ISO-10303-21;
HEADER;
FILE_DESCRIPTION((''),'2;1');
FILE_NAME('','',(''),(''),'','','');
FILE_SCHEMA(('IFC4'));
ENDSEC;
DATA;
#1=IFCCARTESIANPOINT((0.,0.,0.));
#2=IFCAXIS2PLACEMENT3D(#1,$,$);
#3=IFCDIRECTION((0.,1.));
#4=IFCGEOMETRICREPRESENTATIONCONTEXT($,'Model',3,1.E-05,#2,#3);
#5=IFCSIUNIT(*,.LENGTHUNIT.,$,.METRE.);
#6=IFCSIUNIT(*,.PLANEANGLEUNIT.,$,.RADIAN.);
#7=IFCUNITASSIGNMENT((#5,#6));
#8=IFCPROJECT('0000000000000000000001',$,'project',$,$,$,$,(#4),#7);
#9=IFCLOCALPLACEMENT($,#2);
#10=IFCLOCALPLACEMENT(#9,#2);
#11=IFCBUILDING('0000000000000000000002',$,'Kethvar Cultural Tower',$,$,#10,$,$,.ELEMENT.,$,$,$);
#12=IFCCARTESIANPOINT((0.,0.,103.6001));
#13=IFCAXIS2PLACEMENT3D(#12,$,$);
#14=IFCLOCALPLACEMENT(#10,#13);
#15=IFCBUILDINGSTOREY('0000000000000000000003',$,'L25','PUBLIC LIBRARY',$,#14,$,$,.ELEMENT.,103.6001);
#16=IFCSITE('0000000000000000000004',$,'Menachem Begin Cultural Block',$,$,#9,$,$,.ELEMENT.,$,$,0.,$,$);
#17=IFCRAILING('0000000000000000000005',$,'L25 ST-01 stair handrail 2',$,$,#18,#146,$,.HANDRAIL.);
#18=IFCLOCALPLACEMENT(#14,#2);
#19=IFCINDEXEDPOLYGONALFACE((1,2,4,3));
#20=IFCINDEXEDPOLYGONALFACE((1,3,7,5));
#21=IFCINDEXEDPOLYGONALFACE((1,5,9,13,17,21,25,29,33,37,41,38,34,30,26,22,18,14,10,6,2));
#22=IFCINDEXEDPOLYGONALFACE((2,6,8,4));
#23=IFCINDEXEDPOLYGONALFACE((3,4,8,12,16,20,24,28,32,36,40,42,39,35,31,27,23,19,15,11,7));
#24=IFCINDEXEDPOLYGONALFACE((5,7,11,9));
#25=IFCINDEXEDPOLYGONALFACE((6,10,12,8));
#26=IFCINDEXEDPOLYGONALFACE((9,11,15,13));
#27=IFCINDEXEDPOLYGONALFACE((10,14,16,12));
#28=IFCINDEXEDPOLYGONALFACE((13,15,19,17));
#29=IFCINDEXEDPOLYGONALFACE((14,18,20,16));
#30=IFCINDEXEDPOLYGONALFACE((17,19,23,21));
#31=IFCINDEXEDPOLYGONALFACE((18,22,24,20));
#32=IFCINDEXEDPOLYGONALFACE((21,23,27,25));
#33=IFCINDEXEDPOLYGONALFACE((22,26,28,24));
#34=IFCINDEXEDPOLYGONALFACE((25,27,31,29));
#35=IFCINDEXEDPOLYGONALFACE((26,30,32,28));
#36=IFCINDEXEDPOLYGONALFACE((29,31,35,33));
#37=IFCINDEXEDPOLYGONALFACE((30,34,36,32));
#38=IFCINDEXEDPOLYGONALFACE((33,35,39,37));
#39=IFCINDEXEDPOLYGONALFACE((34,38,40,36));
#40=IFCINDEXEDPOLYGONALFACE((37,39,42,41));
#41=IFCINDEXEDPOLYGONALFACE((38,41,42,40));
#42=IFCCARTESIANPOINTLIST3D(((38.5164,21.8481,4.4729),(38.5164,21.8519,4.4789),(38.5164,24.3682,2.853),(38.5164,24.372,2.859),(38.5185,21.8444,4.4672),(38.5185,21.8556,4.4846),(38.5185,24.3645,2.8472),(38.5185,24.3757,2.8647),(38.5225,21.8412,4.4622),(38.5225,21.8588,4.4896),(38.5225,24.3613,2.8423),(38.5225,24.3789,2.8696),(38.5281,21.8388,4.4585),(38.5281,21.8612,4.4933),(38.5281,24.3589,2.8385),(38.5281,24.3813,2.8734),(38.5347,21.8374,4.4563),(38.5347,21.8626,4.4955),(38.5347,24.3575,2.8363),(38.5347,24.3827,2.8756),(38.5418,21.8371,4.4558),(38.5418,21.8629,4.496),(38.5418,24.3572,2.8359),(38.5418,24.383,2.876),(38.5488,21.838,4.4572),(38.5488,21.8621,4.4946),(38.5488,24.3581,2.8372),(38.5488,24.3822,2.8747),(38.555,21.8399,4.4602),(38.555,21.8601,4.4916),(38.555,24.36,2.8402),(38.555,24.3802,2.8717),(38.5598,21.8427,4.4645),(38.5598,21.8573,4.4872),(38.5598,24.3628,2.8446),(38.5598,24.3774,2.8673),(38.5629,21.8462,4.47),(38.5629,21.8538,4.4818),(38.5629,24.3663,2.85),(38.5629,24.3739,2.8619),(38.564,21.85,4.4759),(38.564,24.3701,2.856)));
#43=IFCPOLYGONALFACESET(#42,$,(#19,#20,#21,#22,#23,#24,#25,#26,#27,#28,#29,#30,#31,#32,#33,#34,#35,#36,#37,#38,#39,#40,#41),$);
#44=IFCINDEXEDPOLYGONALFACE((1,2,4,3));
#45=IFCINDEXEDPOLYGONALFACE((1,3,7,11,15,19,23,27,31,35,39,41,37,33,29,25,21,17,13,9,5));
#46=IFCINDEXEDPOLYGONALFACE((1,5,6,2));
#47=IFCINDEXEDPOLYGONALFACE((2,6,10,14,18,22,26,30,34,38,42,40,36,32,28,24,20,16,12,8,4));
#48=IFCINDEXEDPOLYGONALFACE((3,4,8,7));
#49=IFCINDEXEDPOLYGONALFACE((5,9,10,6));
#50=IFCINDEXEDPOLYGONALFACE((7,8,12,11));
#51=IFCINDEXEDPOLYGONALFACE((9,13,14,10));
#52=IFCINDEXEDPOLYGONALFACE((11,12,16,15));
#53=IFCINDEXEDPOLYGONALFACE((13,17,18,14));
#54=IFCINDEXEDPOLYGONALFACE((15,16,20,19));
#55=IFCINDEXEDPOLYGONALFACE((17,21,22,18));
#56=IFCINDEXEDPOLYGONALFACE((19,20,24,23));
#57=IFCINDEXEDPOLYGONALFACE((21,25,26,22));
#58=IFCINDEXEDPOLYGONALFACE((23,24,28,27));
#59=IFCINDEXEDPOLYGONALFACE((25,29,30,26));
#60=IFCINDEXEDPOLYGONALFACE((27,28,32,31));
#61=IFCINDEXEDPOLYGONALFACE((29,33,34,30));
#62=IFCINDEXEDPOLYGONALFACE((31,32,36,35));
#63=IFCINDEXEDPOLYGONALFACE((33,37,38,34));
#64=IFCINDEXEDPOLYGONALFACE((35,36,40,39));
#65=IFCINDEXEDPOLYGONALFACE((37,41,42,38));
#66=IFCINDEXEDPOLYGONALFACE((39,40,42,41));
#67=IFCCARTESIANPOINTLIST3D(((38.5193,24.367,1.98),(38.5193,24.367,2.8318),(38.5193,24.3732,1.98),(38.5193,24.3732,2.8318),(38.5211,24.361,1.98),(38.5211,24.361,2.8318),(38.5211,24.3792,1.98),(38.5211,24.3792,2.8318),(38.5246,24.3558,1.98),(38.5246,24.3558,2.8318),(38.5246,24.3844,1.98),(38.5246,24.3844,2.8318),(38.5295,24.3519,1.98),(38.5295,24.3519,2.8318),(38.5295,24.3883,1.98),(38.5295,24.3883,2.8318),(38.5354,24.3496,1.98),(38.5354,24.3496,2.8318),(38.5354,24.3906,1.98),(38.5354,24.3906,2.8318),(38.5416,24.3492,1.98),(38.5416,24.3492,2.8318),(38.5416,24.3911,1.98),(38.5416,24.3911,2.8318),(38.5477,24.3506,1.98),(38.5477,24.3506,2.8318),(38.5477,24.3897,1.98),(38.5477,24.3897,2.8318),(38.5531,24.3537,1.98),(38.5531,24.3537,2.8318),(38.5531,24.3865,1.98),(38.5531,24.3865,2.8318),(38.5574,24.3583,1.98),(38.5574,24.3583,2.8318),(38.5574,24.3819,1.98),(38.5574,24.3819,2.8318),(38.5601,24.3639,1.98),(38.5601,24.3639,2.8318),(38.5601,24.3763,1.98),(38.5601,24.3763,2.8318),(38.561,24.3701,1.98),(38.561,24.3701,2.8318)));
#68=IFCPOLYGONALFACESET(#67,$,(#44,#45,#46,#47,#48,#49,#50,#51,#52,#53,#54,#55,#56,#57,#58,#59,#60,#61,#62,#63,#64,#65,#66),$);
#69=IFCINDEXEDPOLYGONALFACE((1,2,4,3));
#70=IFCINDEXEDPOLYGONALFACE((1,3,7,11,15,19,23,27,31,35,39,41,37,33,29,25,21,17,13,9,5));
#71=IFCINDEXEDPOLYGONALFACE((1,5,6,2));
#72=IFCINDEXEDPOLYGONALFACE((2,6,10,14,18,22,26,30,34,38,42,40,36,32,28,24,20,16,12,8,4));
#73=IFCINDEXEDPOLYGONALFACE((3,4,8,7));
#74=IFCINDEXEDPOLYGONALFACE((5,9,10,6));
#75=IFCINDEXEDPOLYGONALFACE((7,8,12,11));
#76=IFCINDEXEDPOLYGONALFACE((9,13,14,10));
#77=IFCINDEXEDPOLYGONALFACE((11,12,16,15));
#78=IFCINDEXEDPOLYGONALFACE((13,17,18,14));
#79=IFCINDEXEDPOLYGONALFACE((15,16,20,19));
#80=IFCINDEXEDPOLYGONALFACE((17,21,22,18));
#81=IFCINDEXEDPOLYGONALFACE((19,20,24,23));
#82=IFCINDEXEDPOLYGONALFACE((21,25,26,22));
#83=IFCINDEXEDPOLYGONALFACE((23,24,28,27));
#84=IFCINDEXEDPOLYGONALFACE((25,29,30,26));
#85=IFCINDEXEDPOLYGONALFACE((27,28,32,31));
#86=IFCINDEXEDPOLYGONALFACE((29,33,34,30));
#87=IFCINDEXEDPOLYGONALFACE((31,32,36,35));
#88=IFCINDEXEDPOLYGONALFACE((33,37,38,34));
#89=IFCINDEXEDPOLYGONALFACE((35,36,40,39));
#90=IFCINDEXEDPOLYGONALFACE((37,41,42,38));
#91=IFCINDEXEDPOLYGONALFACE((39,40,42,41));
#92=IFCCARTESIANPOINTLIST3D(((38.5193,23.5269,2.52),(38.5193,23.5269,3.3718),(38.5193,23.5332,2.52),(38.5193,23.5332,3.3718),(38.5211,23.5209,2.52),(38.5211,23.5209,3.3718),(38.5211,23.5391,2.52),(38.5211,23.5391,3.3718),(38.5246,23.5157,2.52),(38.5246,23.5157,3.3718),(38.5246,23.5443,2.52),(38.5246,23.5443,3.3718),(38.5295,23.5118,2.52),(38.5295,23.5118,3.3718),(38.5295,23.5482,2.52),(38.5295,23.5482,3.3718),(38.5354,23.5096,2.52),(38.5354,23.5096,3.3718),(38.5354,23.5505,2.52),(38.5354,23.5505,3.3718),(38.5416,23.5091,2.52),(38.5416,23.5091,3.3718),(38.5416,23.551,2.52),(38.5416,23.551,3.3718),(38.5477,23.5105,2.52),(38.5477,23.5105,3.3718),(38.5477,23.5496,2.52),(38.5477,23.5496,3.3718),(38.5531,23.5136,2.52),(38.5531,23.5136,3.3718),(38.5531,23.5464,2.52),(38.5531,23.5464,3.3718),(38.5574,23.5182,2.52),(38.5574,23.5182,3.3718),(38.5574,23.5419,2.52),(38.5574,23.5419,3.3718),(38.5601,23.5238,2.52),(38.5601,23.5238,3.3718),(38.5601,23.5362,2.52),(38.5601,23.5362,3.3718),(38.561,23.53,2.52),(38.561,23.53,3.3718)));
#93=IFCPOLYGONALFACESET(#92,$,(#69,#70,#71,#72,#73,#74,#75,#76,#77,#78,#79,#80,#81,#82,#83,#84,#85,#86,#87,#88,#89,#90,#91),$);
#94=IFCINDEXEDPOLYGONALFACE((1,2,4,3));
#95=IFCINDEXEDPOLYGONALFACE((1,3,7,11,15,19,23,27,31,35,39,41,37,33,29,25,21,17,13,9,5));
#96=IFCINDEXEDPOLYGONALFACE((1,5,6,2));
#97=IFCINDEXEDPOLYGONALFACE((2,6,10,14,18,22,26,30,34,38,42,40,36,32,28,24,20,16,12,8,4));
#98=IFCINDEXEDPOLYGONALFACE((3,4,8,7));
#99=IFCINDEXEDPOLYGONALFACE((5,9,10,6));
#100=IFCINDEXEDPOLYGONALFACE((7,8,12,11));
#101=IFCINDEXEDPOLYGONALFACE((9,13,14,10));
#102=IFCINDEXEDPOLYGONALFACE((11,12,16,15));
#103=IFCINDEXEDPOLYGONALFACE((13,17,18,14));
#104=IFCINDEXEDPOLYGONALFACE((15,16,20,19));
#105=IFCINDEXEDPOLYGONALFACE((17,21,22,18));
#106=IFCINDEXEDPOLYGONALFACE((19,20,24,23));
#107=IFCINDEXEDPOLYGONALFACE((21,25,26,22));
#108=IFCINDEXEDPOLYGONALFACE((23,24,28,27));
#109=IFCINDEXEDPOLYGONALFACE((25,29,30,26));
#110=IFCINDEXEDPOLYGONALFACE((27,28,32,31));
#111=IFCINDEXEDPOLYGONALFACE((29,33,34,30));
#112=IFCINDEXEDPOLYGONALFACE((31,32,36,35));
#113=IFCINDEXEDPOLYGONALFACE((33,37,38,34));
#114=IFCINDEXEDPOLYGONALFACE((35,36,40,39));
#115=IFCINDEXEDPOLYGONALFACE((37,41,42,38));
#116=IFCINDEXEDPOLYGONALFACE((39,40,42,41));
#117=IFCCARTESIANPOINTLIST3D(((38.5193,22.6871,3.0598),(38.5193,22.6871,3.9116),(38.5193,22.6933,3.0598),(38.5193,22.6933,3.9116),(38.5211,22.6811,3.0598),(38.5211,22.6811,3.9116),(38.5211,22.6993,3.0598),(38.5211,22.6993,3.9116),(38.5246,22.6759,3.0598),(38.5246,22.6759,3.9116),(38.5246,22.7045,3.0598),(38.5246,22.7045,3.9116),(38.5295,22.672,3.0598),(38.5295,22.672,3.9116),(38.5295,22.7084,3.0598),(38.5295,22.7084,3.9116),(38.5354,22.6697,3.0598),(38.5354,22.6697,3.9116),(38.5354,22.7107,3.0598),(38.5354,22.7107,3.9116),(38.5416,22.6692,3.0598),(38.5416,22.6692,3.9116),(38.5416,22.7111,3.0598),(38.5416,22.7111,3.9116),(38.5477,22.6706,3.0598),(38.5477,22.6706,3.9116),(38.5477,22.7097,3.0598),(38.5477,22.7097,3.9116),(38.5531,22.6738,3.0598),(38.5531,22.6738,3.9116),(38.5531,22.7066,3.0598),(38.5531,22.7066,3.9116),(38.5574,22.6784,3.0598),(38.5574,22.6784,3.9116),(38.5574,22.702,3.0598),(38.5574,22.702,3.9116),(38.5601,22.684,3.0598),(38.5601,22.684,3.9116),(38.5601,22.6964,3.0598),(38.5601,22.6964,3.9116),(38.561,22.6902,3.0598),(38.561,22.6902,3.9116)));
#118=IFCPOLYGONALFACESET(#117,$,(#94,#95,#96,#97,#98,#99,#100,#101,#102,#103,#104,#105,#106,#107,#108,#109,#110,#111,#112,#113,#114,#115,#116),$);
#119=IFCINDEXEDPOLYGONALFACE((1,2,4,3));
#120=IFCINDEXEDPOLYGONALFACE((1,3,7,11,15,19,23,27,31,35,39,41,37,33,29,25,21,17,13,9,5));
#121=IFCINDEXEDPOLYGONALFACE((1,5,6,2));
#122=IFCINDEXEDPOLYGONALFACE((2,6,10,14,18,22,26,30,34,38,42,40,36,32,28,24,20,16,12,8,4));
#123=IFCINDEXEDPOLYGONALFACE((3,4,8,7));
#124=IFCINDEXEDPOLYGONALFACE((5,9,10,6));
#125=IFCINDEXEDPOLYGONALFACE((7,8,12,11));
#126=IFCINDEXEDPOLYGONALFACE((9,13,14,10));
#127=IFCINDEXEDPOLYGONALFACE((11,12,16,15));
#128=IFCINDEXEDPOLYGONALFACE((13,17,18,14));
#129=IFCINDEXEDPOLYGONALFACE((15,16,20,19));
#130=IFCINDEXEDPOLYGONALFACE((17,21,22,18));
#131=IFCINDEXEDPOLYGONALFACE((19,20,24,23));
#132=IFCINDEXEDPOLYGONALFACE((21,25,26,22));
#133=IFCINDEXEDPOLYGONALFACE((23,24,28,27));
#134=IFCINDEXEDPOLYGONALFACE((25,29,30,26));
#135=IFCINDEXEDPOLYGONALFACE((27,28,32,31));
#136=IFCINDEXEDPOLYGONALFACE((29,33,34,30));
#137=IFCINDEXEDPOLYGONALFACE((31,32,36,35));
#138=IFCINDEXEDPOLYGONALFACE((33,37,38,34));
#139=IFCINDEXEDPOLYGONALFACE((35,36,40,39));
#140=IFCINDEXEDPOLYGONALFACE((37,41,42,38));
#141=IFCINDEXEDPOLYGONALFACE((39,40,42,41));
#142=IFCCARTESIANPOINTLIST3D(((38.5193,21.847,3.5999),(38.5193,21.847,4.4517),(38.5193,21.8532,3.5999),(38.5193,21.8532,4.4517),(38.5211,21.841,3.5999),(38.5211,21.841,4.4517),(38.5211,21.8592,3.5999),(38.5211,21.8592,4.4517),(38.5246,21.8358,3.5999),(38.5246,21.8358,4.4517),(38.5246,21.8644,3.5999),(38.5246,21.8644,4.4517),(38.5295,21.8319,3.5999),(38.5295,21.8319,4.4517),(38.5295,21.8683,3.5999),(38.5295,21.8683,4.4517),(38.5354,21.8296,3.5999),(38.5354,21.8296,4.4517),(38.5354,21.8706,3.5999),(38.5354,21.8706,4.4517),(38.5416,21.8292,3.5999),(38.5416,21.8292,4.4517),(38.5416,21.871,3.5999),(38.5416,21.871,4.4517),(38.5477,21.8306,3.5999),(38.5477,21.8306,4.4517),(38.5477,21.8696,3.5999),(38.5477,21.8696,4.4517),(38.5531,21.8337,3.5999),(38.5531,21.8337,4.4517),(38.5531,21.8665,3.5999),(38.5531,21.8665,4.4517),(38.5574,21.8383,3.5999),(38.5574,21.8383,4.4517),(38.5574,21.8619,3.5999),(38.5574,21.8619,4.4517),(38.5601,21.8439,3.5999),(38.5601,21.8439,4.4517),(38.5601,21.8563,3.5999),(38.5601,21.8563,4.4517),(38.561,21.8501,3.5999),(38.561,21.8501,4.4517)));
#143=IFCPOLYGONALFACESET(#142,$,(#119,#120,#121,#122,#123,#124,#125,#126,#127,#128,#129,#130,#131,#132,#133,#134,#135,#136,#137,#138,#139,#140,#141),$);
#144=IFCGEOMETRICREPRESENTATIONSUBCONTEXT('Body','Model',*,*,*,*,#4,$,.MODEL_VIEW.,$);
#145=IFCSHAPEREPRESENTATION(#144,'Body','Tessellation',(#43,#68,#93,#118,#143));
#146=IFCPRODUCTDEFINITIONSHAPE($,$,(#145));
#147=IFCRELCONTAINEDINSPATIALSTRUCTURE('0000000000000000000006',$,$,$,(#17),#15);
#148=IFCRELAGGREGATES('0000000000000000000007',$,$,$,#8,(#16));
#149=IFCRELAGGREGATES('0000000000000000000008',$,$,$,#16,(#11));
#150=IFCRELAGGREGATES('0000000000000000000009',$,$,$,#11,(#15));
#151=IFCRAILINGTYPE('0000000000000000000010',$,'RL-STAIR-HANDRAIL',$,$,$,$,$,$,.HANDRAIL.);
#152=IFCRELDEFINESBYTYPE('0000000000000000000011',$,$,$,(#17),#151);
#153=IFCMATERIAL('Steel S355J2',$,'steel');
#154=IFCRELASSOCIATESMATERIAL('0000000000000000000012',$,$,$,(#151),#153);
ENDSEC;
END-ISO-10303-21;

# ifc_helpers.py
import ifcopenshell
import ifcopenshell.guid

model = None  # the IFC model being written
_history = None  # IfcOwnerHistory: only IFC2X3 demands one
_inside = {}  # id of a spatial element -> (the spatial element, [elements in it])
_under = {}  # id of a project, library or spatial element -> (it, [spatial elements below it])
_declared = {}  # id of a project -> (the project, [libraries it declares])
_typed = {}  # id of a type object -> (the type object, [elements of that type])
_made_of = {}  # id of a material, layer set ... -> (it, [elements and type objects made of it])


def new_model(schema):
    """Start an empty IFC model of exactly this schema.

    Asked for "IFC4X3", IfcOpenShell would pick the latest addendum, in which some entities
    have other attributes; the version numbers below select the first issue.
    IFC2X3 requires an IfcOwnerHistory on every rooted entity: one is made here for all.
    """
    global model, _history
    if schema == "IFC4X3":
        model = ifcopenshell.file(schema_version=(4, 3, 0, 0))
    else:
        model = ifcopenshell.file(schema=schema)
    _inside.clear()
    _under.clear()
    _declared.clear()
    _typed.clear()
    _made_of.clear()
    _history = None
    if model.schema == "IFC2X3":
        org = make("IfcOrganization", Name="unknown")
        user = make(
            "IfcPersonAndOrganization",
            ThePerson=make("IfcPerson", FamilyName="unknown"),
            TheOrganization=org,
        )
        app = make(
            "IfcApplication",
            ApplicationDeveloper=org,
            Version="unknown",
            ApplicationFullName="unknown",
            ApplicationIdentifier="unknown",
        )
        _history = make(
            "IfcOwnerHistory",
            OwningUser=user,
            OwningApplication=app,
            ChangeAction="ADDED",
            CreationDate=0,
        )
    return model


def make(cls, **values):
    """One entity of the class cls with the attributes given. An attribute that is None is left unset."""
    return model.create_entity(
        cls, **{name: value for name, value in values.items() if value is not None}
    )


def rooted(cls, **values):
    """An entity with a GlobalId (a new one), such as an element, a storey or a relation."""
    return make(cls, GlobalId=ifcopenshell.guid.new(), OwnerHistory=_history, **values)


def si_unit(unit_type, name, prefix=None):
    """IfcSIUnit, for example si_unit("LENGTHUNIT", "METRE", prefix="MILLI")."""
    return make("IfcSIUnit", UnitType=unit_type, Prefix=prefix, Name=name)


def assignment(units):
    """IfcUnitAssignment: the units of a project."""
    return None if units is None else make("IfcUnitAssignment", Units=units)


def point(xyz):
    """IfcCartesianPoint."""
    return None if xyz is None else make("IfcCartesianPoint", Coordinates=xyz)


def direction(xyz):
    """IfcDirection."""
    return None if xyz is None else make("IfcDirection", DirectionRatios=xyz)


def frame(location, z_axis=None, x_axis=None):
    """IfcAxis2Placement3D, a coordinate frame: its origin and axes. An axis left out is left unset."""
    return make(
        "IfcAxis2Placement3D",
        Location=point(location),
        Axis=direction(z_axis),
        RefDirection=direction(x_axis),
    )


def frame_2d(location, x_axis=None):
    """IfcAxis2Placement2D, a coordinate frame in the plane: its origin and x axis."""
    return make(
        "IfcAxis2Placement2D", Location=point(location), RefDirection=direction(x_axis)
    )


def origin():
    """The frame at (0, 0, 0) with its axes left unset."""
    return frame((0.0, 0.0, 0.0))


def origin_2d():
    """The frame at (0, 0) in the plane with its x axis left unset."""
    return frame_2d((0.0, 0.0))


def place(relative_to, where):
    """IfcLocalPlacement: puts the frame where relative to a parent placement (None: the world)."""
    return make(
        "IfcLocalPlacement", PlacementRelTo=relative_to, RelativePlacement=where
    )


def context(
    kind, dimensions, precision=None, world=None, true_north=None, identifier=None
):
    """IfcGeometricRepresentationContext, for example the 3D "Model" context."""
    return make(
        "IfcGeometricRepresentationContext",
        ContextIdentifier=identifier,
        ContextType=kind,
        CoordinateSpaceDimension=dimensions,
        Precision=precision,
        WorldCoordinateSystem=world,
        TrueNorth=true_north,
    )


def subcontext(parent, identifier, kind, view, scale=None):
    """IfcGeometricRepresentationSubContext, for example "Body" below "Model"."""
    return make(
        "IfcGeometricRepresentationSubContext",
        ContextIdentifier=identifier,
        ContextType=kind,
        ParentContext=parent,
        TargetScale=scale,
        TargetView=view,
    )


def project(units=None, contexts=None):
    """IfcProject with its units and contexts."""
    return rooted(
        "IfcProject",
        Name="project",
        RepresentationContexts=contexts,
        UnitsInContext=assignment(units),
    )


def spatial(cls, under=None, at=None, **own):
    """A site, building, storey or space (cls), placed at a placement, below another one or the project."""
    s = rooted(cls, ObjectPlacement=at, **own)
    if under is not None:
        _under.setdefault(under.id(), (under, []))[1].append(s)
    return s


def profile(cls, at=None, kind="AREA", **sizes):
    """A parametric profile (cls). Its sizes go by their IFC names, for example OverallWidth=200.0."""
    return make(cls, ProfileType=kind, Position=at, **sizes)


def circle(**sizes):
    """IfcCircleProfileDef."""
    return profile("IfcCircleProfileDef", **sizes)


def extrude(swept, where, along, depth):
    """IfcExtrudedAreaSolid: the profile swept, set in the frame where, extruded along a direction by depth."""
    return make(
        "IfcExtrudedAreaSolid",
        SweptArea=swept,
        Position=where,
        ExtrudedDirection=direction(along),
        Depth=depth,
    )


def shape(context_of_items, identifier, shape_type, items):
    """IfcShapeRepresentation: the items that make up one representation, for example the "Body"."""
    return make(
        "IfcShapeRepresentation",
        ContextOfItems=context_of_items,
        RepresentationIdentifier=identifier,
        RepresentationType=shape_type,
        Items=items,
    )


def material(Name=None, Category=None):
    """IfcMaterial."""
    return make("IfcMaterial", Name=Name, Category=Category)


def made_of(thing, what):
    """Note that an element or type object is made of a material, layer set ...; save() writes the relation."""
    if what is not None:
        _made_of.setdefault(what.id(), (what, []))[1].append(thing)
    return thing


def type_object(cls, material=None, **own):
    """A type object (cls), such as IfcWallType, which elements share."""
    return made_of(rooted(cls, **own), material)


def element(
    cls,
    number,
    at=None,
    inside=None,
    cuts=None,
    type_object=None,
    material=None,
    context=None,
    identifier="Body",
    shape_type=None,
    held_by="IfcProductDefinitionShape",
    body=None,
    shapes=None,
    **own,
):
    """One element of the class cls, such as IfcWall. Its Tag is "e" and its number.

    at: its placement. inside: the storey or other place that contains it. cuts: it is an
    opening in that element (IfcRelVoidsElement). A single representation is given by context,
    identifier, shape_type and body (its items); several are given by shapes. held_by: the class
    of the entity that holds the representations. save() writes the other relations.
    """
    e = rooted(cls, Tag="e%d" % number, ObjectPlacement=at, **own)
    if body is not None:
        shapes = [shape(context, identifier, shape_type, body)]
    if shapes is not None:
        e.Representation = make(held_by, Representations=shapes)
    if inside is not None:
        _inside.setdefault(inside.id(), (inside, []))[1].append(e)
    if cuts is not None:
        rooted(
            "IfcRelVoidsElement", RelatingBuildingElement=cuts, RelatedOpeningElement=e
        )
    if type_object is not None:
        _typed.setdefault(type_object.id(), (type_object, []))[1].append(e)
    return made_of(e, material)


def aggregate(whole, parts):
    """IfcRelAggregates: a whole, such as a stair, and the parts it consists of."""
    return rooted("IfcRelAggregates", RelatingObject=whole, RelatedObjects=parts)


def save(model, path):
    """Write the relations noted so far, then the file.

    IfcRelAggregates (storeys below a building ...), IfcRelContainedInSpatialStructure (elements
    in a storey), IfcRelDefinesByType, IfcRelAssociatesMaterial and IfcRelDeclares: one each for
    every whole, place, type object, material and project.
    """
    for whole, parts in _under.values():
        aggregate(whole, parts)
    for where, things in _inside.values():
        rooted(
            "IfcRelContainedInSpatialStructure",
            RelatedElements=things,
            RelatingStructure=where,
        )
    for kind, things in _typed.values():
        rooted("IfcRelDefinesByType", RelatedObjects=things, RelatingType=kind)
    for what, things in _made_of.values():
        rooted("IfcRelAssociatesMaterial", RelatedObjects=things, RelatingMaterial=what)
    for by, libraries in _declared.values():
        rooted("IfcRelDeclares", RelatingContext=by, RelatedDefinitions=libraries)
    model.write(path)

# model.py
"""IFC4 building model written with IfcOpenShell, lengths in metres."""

from ifc_helpers import new_model, si_unit, direction, frame, origin, origin_2d, place, context, subcontext, project, spatial, circle, extrude, material, type_object, element, save


model = new_model("IFC4")

# Units and contexts
model_context = context("Model", 3, precision=1e-05, world=origin(), true_north=direction((0.0, 1.0)))
body_context = subcontext(model_context, "Body", "Model", "MODEL_VIEW")
ifc_project = project(units=[si_unit("LENGTHUNIT", "METRE"), si_unit("PLANEANGLEUNIT", "RADIAN")], contexts=[model_context])

# Site, building, storey
site_placement = place(None, origin())
site = spatial("IfcSite", under=ifc_project, at=site_placement, Name="Menachem Begin Cultural Block", CompositionType="ELEMENT", RefElevation=0.0)
building_placement = place(site_placement, origin())
building = spatial("IfcBuilding", under=site, at=building_placement, Name="Kethvar Cultural Tower", CompositionType="ELEMENT")
storey_placement = place(building_placement, frame((0.0, 0.0, 103.6001)))
storey = spatial("IfcBuildingStorey", under=building, at=storey_placement, Name="L25", Description="PUBLIC LIBRARY", CompositionType="ELEMENT", Elevation=103.6001)

# Shared definitions
ifc_material_1 = material(Name="Steel S355J2", Category="steel")

# Railing
railing_type_1 = type_object("IfcRailingType", Name="RL-STAIR-HANDRAIL", PredefinedType="HANDRAIL", material=ifc_material_1)
railing_1_placement = place(storey_placement, frame((38.54, 24.3701, 1.98)))
element("IfcRailing", 1, at=railing_1_placement, inside=storey, type_object=railing_type_1, Name="L25 ST-01 stair handrail 2", PredefinedType="HANDRAIL", context=body_context, shape_type="SweptSolid", body=[
    extrude(circle(Radius=0.0239, at=origin_2d()), frame((0.0, 0.0, 0.876), z_axis=(0.0, -0.8412, 0.540725), x_axis=(1.0, 0.0, 0.0)), (0.0, 0.0, 1.0), 2.9958),
    extrude(circle(Radius=0.021, at=origin_2d()), origin(), (0.0, 0.0, 1.0), 0.8518),
    extrude(circle(Radius=0.021, at=origin_2d()), frame((0.0, -0.8401, 0.54)), (0.0, 0.0, 1.0), 0.8518),
    extrude(circle(Radius=0.021, at=origin_2d()), frame((0.0, -1.6799, 1.0798)), (0.0, 0.0, 1.0), 0.8518),
    extrude(circle(Radius=0.021, at=origin_2d()), frame((0.0, -2.52, 1.6199)), (0.0, 0.0, 1.0), 0.8518),
])

save(model, "model.ifc")
